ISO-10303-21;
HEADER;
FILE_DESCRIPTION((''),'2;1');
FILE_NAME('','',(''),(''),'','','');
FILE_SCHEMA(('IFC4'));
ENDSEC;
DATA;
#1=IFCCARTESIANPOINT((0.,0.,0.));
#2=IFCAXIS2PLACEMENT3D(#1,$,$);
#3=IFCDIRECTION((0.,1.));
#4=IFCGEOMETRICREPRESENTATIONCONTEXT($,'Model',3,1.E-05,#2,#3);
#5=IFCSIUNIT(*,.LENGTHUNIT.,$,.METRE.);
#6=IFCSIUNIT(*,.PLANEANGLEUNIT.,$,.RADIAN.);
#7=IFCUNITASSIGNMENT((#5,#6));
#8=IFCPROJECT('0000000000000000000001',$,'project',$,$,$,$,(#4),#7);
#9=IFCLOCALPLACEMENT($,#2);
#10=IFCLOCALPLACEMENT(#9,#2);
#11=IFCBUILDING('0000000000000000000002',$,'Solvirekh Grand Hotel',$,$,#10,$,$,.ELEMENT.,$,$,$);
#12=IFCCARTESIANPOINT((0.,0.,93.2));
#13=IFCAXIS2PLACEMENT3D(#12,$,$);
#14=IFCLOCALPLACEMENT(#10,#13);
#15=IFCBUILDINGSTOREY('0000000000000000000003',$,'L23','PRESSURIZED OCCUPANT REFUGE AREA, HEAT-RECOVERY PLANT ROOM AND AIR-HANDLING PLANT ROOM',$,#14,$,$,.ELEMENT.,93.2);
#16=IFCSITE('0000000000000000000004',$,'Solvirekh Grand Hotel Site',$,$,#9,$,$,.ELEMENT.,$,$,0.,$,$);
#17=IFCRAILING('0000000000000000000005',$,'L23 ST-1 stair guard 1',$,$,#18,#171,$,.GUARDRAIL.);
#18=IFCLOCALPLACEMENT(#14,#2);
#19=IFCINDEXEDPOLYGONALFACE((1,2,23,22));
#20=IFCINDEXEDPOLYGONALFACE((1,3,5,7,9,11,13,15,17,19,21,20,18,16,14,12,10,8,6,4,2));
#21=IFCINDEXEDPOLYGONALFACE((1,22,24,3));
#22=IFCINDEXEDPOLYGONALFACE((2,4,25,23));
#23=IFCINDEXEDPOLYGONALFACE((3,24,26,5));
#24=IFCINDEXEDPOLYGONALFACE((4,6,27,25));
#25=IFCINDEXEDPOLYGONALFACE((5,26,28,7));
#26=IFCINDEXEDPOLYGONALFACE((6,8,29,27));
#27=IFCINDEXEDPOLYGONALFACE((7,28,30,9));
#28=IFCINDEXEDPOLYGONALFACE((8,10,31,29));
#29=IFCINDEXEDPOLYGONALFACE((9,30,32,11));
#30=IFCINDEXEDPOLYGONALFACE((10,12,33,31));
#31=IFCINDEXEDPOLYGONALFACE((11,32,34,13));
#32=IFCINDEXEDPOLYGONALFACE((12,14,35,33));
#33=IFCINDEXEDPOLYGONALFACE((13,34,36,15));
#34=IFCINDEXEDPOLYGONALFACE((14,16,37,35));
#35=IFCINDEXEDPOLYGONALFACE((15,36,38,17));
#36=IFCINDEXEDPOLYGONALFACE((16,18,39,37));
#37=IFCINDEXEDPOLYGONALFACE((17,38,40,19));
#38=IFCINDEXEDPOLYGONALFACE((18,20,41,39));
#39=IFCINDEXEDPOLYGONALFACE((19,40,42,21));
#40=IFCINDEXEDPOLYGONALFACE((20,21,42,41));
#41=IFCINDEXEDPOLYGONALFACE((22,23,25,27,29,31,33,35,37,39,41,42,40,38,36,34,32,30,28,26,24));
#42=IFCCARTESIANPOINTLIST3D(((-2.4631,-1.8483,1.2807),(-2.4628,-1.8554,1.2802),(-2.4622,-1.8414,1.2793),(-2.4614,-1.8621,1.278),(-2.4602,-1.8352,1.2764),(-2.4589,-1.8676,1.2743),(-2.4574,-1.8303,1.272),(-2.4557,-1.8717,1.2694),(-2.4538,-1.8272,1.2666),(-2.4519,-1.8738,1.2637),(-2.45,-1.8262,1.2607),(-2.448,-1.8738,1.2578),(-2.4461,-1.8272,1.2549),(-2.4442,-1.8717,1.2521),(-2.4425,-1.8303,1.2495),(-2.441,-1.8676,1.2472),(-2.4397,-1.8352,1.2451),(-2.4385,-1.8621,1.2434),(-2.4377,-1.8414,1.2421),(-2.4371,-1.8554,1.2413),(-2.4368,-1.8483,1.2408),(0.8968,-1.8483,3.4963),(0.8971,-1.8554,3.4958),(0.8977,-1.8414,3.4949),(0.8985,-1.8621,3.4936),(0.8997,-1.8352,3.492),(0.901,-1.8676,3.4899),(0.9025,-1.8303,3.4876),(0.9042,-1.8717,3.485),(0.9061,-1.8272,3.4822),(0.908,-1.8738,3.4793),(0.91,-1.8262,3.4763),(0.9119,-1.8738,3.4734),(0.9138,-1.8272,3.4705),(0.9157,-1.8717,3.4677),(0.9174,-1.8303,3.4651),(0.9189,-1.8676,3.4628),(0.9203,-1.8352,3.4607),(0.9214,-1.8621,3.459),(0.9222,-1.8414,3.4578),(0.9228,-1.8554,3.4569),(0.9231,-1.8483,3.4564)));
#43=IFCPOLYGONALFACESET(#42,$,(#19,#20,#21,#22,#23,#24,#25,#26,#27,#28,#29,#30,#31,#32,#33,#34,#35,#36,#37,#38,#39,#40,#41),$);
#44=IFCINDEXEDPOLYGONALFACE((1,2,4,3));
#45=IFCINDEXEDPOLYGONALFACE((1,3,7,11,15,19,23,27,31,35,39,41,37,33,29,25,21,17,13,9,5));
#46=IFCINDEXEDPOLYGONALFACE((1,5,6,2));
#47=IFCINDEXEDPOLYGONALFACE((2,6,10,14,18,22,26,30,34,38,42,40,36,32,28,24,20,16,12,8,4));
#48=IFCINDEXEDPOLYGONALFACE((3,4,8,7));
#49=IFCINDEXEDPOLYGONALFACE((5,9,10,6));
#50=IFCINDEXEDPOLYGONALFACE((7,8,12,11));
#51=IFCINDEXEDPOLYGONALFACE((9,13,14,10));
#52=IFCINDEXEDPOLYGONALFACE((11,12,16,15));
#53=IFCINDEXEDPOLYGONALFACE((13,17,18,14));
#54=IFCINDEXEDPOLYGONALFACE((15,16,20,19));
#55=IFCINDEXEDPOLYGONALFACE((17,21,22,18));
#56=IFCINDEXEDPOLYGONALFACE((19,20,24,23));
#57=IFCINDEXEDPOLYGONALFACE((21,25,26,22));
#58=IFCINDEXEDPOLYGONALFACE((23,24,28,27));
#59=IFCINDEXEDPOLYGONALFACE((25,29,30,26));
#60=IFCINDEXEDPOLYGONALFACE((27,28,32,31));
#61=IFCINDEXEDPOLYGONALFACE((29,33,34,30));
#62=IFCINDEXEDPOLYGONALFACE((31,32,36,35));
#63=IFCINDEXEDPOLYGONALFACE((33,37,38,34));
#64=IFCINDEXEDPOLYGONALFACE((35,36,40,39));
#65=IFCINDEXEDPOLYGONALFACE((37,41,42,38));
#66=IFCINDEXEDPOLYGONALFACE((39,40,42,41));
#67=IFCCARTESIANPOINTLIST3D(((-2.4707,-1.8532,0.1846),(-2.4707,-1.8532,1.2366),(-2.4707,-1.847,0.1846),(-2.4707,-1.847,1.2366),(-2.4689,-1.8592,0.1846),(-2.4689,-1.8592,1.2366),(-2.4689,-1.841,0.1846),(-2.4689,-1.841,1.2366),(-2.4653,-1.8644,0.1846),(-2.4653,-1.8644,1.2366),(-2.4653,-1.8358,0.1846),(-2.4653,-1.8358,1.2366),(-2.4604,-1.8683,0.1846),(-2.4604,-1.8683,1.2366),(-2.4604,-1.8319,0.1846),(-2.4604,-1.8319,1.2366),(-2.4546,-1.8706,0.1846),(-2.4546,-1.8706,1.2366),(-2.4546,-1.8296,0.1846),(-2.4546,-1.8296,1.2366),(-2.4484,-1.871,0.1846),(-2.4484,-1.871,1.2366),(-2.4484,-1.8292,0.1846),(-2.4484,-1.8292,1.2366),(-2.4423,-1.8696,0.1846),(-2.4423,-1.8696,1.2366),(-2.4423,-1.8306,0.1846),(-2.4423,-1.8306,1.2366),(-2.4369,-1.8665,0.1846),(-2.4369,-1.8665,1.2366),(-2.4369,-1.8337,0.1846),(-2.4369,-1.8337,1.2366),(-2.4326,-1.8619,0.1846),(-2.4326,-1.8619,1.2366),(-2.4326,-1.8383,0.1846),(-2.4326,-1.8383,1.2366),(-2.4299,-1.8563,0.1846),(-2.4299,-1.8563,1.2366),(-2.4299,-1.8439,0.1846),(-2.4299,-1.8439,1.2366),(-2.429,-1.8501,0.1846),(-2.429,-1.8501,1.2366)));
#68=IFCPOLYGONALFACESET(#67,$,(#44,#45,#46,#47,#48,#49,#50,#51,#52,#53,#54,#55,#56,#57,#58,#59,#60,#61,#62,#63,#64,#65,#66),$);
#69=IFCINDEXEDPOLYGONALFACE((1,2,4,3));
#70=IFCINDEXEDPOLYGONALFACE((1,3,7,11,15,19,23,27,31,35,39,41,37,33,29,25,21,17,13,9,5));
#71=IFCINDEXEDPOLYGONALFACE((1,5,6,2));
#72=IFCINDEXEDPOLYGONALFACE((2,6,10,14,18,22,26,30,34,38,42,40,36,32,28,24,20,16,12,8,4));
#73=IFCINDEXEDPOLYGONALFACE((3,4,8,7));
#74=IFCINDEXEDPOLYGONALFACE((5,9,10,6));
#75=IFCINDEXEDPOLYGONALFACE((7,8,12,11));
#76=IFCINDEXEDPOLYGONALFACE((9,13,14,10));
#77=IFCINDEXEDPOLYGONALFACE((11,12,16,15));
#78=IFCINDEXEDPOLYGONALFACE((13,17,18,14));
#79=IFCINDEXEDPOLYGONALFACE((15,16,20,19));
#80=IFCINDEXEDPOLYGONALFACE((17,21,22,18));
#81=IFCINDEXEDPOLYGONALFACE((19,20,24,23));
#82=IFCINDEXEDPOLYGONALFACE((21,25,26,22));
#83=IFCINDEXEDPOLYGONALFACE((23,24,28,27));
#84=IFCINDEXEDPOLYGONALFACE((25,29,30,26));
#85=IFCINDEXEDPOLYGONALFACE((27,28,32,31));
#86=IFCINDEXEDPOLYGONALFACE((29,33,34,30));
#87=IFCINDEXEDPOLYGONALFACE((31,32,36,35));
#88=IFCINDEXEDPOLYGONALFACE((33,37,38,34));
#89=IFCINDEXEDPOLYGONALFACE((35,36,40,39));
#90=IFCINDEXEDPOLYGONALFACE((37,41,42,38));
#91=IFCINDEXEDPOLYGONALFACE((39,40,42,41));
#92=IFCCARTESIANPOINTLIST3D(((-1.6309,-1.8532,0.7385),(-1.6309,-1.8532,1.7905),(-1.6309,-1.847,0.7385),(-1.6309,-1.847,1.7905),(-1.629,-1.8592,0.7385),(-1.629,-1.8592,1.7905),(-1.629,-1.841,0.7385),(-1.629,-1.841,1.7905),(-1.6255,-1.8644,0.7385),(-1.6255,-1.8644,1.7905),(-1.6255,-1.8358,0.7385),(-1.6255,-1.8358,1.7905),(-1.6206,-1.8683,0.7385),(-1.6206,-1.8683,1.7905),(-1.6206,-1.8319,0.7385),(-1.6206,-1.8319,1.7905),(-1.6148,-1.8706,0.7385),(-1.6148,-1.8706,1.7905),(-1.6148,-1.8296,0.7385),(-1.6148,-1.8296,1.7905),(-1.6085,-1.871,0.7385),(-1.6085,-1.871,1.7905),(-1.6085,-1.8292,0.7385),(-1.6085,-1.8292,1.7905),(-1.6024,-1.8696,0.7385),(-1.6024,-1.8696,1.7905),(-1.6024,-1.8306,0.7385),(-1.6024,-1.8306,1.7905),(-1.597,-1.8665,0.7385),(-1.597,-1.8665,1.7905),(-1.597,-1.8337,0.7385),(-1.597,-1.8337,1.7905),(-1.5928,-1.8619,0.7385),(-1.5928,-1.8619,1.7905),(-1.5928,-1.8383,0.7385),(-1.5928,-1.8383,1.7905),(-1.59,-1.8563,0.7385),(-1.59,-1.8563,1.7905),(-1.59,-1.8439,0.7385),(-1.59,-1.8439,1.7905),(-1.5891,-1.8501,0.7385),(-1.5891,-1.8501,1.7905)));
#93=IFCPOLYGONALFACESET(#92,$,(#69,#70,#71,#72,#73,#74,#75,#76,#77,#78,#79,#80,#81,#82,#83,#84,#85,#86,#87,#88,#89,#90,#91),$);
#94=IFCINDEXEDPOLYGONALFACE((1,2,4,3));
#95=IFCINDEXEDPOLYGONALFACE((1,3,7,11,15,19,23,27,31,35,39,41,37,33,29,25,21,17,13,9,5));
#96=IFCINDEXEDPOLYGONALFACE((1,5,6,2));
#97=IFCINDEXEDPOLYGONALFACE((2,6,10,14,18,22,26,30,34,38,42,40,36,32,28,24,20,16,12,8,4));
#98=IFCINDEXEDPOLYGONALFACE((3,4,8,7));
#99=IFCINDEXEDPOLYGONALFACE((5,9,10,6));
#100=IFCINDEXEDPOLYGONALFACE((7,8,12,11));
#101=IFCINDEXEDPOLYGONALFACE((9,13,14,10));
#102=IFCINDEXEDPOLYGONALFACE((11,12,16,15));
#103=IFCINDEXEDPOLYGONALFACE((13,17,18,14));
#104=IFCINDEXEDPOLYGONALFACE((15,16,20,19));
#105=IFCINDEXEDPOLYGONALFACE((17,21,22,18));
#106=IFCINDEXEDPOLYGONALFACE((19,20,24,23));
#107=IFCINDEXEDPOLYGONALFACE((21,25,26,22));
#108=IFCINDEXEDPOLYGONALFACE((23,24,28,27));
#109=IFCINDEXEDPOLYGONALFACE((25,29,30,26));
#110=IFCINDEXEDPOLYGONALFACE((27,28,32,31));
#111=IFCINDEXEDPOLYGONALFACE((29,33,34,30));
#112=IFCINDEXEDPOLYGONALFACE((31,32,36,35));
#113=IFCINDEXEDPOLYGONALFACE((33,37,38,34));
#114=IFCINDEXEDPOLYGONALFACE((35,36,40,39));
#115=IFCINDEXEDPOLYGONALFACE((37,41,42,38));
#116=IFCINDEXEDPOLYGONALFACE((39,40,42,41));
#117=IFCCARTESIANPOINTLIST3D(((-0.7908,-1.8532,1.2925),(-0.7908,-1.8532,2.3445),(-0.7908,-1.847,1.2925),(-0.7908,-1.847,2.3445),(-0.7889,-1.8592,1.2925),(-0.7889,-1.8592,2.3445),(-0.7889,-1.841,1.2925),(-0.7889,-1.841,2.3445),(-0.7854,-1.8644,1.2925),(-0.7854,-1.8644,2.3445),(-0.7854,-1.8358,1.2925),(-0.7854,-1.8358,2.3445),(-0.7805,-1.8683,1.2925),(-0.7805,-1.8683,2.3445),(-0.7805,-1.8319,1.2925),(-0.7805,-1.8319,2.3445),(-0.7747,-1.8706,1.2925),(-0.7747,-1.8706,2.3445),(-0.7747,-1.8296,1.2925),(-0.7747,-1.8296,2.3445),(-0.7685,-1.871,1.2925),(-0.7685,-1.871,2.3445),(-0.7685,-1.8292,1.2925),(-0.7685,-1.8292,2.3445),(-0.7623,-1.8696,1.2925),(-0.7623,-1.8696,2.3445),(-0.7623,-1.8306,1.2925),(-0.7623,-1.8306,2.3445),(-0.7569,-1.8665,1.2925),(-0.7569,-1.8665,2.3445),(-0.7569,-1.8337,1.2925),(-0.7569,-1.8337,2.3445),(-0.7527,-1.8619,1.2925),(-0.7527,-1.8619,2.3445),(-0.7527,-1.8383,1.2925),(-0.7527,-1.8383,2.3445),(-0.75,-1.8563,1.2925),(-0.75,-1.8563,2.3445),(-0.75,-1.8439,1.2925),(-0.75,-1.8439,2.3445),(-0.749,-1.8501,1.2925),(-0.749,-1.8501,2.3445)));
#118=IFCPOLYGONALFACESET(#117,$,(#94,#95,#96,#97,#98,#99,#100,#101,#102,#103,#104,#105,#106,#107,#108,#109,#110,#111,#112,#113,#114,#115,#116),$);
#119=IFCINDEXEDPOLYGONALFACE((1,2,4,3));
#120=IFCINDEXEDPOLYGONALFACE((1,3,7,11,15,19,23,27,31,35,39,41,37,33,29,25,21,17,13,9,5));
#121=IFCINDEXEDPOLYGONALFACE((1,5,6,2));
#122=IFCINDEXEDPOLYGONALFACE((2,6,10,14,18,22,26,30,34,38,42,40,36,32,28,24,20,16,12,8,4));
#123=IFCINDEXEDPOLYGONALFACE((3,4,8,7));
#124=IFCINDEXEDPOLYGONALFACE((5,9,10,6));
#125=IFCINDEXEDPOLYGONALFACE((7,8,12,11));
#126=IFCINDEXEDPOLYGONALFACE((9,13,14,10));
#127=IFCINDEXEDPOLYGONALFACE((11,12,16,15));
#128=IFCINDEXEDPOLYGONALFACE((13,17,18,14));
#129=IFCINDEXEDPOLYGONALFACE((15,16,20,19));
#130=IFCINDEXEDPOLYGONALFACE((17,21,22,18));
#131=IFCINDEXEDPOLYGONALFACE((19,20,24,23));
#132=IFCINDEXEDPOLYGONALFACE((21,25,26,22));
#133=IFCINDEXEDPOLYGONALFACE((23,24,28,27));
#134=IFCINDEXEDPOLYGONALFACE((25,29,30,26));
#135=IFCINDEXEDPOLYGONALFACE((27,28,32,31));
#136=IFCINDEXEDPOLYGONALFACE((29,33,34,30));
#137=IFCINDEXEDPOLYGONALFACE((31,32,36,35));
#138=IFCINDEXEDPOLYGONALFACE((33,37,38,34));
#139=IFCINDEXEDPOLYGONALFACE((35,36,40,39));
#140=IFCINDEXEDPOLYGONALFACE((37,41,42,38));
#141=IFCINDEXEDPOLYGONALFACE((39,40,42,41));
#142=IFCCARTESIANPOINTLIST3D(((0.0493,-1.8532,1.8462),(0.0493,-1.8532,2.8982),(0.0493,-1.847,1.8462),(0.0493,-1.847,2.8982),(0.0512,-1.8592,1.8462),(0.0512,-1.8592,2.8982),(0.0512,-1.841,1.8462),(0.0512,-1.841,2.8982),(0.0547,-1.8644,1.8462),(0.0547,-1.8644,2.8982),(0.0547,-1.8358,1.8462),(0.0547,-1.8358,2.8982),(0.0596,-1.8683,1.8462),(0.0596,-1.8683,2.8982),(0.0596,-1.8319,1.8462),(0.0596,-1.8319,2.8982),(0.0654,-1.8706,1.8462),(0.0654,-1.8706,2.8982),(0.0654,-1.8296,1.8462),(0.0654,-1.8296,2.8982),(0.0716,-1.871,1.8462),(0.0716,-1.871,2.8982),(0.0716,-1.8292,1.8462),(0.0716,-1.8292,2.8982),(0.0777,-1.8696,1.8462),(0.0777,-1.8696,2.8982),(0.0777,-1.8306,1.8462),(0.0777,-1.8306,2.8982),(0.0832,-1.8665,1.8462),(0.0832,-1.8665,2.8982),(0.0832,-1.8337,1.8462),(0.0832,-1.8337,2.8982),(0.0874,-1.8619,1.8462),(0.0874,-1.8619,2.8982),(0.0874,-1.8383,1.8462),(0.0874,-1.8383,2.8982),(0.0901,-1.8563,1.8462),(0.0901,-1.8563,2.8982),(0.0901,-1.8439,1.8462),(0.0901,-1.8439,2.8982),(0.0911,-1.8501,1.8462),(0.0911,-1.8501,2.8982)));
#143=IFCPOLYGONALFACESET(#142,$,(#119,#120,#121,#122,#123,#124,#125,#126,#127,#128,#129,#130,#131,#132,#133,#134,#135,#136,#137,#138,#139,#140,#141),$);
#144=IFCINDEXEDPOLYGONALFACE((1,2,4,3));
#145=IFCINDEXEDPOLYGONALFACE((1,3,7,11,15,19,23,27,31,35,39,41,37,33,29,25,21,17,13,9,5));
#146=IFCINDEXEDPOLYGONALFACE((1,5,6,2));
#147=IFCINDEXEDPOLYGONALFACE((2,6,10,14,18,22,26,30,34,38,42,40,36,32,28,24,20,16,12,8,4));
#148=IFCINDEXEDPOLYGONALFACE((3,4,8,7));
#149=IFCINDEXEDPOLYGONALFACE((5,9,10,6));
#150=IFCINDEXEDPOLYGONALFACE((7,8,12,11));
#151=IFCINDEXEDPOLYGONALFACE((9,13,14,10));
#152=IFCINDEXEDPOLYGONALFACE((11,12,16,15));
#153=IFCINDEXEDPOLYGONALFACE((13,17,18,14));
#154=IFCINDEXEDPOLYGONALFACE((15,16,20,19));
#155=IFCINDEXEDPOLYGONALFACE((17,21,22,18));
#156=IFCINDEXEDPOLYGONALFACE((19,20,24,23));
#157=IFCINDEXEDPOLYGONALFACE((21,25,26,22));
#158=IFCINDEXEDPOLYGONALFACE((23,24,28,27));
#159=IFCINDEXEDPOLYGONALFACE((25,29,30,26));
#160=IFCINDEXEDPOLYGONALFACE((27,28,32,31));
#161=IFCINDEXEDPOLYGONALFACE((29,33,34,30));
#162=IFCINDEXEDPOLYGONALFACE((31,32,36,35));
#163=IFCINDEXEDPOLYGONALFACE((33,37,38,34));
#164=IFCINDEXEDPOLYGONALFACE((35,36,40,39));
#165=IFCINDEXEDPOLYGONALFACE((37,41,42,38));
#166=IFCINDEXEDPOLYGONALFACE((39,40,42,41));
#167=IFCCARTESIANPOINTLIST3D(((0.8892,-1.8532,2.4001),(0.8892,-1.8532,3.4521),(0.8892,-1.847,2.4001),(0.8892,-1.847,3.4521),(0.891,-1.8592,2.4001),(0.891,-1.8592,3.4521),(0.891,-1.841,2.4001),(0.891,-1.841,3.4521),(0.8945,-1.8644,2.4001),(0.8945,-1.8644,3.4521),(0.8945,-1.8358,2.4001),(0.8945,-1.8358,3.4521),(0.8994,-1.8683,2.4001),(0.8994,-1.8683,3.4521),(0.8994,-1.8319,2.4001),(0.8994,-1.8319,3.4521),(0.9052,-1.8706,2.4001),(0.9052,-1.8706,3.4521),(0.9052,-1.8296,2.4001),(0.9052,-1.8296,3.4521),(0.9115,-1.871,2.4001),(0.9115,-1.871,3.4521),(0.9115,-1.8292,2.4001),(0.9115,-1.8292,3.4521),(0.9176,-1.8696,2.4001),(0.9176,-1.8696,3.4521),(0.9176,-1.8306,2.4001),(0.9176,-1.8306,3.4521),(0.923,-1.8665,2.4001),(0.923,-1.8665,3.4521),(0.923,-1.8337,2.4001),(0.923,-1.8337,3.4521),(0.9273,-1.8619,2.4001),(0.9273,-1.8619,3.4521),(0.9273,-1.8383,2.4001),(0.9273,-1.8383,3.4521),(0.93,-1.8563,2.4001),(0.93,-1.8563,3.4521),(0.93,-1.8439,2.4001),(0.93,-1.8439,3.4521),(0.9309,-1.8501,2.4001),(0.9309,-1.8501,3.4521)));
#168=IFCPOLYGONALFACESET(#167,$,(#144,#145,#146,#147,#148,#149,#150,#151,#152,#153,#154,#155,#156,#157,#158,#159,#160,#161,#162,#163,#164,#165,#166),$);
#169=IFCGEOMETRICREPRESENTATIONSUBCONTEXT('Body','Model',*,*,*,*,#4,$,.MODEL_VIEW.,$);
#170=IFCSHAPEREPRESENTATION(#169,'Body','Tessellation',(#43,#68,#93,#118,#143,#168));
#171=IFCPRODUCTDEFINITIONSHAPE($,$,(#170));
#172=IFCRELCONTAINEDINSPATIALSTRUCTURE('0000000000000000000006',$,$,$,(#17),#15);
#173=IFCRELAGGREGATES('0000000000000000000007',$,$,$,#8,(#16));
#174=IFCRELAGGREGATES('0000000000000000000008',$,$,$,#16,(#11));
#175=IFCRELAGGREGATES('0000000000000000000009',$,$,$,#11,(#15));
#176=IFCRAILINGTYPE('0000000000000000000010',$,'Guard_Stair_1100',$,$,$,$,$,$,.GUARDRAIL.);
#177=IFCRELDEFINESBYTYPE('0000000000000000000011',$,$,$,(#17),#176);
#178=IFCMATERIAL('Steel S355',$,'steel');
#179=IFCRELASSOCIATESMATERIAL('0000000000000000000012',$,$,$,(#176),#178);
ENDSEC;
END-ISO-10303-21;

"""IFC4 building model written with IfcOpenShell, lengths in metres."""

from ifc_helpers import new_model, si_unit, direction, frame, origin, origin_2d, place, context, subcontext, project, spatial, circle, extrude, material, type_object, element, save


model = new_model("IFC4")

# Units and contexts
model_context = context("Model", 3, precision=1e-05, world=origin(), true_north=direction((0.0, 1.0)))
body_context = subcontext(model_context, "Body", "Model", "MODEL_VIEW")
ifc_project = project(units=[si_unit("LENGTHUNIT", "METRE"), si_unit("PLANEANGLEUNIT", "RADIAN")], contexts=[model_context])

# Site, building, storey
site_placement = place(None, origin())
site = spatial("IfcSite", under=ifc_project, at=site_placement, Name="Solvirekh Grand Hotel Site", CompositionType="ELEMENT", RefElevation=0.0)
building_placement = place(site_placement, origin())
building = spatial("IfcBuilding", under=site, at=building_placement, Name="Solvirekh Grand Hotel", CompositionType="ELEMENT")
storey_placement = place(building_placement, frame((0.0, 0.0, 93.2)))
storey = spatial("IfcBuildingStorey", under=building, at=storey_placement, Name="L23", Description="PRESSURIZED OCCUPANT REFUGE AREA, HEAT-RECOVERY PLANT ROOM AND AIR-HANDLING PLANT ROOM", CompositionType="ELEMENT", Elevation=93.2)

# Railing
ifc_material_1 = material(Name="Steel S355", Category="steel")
railing_type_1 = type_object("IfcRailingType", Name="Guard_Stair_1100", PredefinedType="GUARDRAIL", material=ifc_material_1)
railing_1_placement = place(storey_placement, frame((-2.45, -1.8501, 0.1846)))
element("IfcRailing", 1, at=railing_1_placement, inside=storey, type_object=railing_type_1, Name="L23 ST-1 stair guard 1", PredefinedType="GUARDRAIL", context=body_context, shape_type="SweptSolid", body=[
    extrude(circle(Radius=0.0239, at=origin_2d()), frame((0.0, 0.0, 1.0762), z_axis=(0.83483, 0.0, 0.550508), x_axis=(0.0, 1.0, 0.0)), (0.0, 0.0, 1.0), 4.0247),
    extrude(circle(Radius=0.021, at=origin_2d()), origin(), (0.0, 0.0, 1.0), 1.052),
    extrude(circle(Radius=0.021, at=origin_2d()), frame((0.8398, 0.0, 0.554)), (0.0, 0.0, 1.0), 1.052),
    extrude(circle(Radius=0.021, at=origin_2d()), frame((1.6799, 0.0, 1.1079)), (0.0, 0.0, 1.0), 1.052),
    extrude(circle(Radius=0.021, at=origin_2d()), frame((2.52, 0.0, 1.6616)), (0.0, 0.0, 1.0), 1.052),
    extrude(circle(Radius=0.021, at=origin_2d()), frame((3.3599, 0.0, 2.2156)), (0.0, 0.0, 1.0), 1.052),
])

save(model, "model.ifc")
